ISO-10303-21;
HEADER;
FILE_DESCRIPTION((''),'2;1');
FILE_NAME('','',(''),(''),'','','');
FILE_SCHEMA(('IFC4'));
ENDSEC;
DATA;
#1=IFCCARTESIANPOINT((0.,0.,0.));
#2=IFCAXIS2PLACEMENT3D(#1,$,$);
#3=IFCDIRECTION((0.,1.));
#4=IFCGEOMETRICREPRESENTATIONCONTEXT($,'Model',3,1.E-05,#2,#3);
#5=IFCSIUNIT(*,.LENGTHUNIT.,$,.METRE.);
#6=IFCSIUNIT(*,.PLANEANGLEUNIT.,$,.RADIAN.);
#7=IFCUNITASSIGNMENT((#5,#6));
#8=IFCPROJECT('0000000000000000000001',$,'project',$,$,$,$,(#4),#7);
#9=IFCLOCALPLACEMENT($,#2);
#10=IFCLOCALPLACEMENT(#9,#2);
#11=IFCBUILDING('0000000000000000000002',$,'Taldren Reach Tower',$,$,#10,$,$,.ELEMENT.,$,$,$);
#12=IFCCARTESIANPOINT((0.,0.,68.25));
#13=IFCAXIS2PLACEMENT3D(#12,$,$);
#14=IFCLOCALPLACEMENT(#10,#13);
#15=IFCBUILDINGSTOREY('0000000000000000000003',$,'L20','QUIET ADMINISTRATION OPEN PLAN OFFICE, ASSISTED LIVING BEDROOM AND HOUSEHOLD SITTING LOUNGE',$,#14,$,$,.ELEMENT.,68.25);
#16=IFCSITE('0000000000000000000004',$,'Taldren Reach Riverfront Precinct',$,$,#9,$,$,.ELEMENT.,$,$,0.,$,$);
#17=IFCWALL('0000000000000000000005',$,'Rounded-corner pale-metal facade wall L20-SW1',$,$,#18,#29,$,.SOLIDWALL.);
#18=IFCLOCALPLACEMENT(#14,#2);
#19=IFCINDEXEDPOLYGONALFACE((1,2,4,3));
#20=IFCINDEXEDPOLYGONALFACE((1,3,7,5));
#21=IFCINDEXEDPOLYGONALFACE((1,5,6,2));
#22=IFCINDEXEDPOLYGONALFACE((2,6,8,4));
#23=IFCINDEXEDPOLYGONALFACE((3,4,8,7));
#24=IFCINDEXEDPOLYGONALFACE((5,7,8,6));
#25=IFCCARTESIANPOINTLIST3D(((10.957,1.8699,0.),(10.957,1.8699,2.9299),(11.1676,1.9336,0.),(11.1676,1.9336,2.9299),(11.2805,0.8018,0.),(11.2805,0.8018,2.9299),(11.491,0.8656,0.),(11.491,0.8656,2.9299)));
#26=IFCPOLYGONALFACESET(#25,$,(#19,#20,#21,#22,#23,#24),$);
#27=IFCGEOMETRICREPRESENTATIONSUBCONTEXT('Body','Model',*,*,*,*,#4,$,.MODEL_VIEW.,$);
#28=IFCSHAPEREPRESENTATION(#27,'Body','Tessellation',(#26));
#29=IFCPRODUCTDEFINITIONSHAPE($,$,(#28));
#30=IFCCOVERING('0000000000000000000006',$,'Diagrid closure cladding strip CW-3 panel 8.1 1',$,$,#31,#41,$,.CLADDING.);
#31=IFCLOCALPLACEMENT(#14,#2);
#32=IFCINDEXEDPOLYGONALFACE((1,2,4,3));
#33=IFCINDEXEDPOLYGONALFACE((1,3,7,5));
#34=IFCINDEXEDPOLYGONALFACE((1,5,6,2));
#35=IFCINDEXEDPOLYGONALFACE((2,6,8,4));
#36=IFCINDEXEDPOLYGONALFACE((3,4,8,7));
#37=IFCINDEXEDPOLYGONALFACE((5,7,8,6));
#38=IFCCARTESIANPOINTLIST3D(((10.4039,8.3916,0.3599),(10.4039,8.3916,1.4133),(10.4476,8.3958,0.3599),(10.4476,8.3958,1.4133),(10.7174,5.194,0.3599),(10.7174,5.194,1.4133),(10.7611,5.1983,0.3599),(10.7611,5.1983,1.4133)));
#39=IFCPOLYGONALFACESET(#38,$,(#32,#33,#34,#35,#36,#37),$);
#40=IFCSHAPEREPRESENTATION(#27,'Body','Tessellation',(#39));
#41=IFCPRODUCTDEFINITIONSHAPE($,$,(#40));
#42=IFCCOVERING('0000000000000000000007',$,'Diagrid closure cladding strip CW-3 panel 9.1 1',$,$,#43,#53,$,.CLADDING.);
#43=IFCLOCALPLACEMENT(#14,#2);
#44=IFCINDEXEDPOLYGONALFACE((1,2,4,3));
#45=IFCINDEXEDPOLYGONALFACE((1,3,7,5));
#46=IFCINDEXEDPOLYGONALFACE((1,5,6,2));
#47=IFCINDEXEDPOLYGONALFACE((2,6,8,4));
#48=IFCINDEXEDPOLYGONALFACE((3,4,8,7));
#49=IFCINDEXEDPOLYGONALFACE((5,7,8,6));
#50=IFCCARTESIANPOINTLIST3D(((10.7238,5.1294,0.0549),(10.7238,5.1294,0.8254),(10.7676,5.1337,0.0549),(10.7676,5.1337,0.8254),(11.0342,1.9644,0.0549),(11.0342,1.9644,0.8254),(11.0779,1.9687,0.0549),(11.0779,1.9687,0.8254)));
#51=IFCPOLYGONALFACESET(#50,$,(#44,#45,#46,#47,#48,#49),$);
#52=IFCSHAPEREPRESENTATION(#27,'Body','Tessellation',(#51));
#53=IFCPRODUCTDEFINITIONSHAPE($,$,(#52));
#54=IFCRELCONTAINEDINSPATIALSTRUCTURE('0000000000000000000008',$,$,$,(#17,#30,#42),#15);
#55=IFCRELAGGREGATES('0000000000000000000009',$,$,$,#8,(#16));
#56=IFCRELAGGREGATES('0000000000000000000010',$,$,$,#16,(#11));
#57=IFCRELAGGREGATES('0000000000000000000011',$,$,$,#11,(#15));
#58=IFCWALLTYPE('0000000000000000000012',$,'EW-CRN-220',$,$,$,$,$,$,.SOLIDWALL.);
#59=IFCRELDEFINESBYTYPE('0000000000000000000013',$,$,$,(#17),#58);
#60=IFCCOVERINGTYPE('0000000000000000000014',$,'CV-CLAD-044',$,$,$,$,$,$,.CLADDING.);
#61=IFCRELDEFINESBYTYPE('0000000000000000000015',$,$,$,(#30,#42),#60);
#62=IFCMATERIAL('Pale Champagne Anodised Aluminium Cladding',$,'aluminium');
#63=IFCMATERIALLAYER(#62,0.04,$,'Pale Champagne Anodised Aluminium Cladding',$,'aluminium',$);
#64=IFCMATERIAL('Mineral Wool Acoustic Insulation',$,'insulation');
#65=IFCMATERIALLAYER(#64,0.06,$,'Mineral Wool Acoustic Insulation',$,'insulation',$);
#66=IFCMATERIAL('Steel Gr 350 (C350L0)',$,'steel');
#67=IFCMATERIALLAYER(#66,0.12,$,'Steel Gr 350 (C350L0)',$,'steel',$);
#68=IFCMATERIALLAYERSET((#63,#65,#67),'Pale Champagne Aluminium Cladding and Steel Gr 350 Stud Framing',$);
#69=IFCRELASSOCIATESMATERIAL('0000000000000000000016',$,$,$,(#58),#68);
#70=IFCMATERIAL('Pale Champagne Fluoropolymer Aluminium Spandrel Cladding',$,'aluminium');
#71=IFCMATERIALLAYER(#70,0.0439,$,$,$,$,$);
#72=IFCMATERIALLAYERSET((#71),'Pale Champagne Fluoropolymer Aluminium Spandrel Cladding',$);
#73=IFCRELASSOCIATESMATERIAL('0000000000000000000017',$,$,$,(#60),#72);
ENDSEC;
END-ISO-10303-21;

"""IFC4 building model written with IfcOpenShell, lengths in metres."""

from ifc_helpers import new_model, si_unit, direction, frame, frame_2d, origin, origin_2d, place, context, subcontext, project, spatial, rectangle, extrude, source, transform, mapped, material, layer, layer_set, type_object, element, save


model = new_model("IFC4")

# Units and contexts
model_context = context("Model", 3, precision=1e-05, world=origin(), true_north=direction((0.0, 1.0)))
body_context = subcontext(model_context, "Body", "Model", "MODEL_VIEW")
ifc_project = project(units=[si_unit("LENGTHUNIT", "METRE"), si_unit("PLANEANGLEUNIT", "RADIAN")], contexts=[model_context])

# Site, building, storey
site_placement = place(None, origin())
site = spatial("IfcSite", under=ifc_project, at=site_placement, Name="Taldren Reach Riverfront Precinct", CompositionType="ELEMENT", RefElevation=0.0)
building_placement = place(site_placement, origin())
building = spatial("IfcBuilding", under=site, at=building_placement, Name="Taldren Reach Tower", CompositionType="ELEMENT")
storey_placement = place(building_placement, frame((0.0, 0.0, 68.25)))
storey = spatial("IfcBuildingStorey", under=building, at=storey_placement, Name="L20", Description="QUIET ADMINISTRATION OPEN PLAN OFFICE, ASSISTED LIVING BEDROOM AND HOUSEHOLD SITTING LOUNGE", CompositionType="ELEMENT", Elevation=68.25)

# Shared definitions
ifc_material_1 = material(Name="Steel Gr 350 (C350L0)", Category="steel")

# Wall
ifc_material_2 = material(Name="Pale Champagne Anodised Aluminium Cladding", Category="aluminium")
ifc_layer_1 = layer(ifc_material_2, 0.04, Name="Pale Champagne Anodised Aluminium Cladding", Category="aluminium")
ifc_material_3 = material(Name="Mineral Wool Acoustic Insulation", Category="insulation")
ifc_layer_2 = layer(ifc_material_3, 0.06, Name="Mineral Wool Acoustic Insulation", Category="insulation")
ifc_layer_3 = layer(ifc_material_1, 0.12, Name="Steel Gr 350 (C350L0)", Category="steel")
ifc_layer_set_1 = layer_set([ifc_layer_1, ifc_layer_2, ifc_layer_3], Name="Pale Champagne Aluminium Cladding and Steel Gr 350 Stud Framing")
wall_type = type_object("IfcWallType", Name="EW-CRN-220", PredefinedType="SOLIDWALL", material=ifc_layer_set_1)
shared_shape_1 = source(origin(), body_context, "Body", "SweptSolid", [
    extrude(rectangle(XDim=1.116, YDim=0.22, at=frame_2d((0.5581, 0.0))), origin(), (0.0, 0.0, 1.0), 2.9299),
])
wall_placement = place(storey_placement, frame((11.0623, 1.9019, 0.0), z_axis=(0.0, 0.0, 1.0), x_axis=(0.289856, -0.95707, 0.0)))
element("IfcWall", 1, at=wall_placement, inside=storey, type_object=wall_type, Name="Rounded-corner pale-metal facade wall L20-SW1", PredefinedType="SOLIDWALL", context=body_context, shape_type="MappedRepresentation", body=[
    mapped(shared_shape_1, transform((0.0, 0.0, 0.0), scale=1.0)),
])

# Coverings
ifc_material_4 = material(Name="Pale Champagne Fluoropolymer Aluminium Spandrel Cladding", Category="aluminium")
ifc_layer_4 = layer(ifc_material_4, 0.0439)
ifc_layer_set_2 = layer_set([ifc_layer_4], Name="Pale Champagne Fluoropolymer Aluminium Spandrel Cladding")
covering_type = type_object("IfcCoveringType", Name="CV-CLAD-044", PredefinedType="CLADDING", material=ifc_layer_set_2)
shared_shape_2 = source(origin(), body_context, "Body", "SweptSolid", [
    extrude(rectangle(XDim=3.2129, YDim=0.0439, at=origin_2d()), origin(), (0.0, 0.0, 1.0), 1.0535),
])
covering_1_placement = place(storey_placement, frame((10.5825, 6.7949, 0.3599), z_axis=(0.0, 0.0, 1.0), x_axis=(0.097583, -0.995227, 0.0)))
element("IfcCovering", 2, at=covering_1_placement, inside=storey, type_object=covering_type, Name="Diagrid closure cladding strip CW-3 panel 8.1 1", PredefinedType="CLADDING", context=body_context, shape_type="MappedRepresentation", body=[
    mapped(shared_shape_2, transform((0.0, 0.0, 0.0), scale=1.0)),
])
shared_shape_3 = source(origin(), body_context, "Body", "SweptSolid", [
    extrude(rectangle(XDim=3.1802, YDim=0.0439, at=origin_2d()), origin(), (0.0, 0.0, 1.0), 0.7705),
])
covering_2_placement = place(storey_placement, frame((10.9009, 3.5491, 0.0549), z_axis=(0.0, 0.0, 1.0), x_axis=(0.097583, -0.995227, 0.0)))
element("IfcCovering", 3, at=covering_2_placement, inside=storey, type_object=covering_type, Name="Diagrid closure cladding strip CW-3 panel 9.1 1", PredefinedType="CLADDING", context=body_context, shape_type="MappedRepresentation", body=[
    mapped(shared_shape_3, transform((0.0, 0.0, 0.0), scale=1.0)),
])

save(model, "model.ifc")
